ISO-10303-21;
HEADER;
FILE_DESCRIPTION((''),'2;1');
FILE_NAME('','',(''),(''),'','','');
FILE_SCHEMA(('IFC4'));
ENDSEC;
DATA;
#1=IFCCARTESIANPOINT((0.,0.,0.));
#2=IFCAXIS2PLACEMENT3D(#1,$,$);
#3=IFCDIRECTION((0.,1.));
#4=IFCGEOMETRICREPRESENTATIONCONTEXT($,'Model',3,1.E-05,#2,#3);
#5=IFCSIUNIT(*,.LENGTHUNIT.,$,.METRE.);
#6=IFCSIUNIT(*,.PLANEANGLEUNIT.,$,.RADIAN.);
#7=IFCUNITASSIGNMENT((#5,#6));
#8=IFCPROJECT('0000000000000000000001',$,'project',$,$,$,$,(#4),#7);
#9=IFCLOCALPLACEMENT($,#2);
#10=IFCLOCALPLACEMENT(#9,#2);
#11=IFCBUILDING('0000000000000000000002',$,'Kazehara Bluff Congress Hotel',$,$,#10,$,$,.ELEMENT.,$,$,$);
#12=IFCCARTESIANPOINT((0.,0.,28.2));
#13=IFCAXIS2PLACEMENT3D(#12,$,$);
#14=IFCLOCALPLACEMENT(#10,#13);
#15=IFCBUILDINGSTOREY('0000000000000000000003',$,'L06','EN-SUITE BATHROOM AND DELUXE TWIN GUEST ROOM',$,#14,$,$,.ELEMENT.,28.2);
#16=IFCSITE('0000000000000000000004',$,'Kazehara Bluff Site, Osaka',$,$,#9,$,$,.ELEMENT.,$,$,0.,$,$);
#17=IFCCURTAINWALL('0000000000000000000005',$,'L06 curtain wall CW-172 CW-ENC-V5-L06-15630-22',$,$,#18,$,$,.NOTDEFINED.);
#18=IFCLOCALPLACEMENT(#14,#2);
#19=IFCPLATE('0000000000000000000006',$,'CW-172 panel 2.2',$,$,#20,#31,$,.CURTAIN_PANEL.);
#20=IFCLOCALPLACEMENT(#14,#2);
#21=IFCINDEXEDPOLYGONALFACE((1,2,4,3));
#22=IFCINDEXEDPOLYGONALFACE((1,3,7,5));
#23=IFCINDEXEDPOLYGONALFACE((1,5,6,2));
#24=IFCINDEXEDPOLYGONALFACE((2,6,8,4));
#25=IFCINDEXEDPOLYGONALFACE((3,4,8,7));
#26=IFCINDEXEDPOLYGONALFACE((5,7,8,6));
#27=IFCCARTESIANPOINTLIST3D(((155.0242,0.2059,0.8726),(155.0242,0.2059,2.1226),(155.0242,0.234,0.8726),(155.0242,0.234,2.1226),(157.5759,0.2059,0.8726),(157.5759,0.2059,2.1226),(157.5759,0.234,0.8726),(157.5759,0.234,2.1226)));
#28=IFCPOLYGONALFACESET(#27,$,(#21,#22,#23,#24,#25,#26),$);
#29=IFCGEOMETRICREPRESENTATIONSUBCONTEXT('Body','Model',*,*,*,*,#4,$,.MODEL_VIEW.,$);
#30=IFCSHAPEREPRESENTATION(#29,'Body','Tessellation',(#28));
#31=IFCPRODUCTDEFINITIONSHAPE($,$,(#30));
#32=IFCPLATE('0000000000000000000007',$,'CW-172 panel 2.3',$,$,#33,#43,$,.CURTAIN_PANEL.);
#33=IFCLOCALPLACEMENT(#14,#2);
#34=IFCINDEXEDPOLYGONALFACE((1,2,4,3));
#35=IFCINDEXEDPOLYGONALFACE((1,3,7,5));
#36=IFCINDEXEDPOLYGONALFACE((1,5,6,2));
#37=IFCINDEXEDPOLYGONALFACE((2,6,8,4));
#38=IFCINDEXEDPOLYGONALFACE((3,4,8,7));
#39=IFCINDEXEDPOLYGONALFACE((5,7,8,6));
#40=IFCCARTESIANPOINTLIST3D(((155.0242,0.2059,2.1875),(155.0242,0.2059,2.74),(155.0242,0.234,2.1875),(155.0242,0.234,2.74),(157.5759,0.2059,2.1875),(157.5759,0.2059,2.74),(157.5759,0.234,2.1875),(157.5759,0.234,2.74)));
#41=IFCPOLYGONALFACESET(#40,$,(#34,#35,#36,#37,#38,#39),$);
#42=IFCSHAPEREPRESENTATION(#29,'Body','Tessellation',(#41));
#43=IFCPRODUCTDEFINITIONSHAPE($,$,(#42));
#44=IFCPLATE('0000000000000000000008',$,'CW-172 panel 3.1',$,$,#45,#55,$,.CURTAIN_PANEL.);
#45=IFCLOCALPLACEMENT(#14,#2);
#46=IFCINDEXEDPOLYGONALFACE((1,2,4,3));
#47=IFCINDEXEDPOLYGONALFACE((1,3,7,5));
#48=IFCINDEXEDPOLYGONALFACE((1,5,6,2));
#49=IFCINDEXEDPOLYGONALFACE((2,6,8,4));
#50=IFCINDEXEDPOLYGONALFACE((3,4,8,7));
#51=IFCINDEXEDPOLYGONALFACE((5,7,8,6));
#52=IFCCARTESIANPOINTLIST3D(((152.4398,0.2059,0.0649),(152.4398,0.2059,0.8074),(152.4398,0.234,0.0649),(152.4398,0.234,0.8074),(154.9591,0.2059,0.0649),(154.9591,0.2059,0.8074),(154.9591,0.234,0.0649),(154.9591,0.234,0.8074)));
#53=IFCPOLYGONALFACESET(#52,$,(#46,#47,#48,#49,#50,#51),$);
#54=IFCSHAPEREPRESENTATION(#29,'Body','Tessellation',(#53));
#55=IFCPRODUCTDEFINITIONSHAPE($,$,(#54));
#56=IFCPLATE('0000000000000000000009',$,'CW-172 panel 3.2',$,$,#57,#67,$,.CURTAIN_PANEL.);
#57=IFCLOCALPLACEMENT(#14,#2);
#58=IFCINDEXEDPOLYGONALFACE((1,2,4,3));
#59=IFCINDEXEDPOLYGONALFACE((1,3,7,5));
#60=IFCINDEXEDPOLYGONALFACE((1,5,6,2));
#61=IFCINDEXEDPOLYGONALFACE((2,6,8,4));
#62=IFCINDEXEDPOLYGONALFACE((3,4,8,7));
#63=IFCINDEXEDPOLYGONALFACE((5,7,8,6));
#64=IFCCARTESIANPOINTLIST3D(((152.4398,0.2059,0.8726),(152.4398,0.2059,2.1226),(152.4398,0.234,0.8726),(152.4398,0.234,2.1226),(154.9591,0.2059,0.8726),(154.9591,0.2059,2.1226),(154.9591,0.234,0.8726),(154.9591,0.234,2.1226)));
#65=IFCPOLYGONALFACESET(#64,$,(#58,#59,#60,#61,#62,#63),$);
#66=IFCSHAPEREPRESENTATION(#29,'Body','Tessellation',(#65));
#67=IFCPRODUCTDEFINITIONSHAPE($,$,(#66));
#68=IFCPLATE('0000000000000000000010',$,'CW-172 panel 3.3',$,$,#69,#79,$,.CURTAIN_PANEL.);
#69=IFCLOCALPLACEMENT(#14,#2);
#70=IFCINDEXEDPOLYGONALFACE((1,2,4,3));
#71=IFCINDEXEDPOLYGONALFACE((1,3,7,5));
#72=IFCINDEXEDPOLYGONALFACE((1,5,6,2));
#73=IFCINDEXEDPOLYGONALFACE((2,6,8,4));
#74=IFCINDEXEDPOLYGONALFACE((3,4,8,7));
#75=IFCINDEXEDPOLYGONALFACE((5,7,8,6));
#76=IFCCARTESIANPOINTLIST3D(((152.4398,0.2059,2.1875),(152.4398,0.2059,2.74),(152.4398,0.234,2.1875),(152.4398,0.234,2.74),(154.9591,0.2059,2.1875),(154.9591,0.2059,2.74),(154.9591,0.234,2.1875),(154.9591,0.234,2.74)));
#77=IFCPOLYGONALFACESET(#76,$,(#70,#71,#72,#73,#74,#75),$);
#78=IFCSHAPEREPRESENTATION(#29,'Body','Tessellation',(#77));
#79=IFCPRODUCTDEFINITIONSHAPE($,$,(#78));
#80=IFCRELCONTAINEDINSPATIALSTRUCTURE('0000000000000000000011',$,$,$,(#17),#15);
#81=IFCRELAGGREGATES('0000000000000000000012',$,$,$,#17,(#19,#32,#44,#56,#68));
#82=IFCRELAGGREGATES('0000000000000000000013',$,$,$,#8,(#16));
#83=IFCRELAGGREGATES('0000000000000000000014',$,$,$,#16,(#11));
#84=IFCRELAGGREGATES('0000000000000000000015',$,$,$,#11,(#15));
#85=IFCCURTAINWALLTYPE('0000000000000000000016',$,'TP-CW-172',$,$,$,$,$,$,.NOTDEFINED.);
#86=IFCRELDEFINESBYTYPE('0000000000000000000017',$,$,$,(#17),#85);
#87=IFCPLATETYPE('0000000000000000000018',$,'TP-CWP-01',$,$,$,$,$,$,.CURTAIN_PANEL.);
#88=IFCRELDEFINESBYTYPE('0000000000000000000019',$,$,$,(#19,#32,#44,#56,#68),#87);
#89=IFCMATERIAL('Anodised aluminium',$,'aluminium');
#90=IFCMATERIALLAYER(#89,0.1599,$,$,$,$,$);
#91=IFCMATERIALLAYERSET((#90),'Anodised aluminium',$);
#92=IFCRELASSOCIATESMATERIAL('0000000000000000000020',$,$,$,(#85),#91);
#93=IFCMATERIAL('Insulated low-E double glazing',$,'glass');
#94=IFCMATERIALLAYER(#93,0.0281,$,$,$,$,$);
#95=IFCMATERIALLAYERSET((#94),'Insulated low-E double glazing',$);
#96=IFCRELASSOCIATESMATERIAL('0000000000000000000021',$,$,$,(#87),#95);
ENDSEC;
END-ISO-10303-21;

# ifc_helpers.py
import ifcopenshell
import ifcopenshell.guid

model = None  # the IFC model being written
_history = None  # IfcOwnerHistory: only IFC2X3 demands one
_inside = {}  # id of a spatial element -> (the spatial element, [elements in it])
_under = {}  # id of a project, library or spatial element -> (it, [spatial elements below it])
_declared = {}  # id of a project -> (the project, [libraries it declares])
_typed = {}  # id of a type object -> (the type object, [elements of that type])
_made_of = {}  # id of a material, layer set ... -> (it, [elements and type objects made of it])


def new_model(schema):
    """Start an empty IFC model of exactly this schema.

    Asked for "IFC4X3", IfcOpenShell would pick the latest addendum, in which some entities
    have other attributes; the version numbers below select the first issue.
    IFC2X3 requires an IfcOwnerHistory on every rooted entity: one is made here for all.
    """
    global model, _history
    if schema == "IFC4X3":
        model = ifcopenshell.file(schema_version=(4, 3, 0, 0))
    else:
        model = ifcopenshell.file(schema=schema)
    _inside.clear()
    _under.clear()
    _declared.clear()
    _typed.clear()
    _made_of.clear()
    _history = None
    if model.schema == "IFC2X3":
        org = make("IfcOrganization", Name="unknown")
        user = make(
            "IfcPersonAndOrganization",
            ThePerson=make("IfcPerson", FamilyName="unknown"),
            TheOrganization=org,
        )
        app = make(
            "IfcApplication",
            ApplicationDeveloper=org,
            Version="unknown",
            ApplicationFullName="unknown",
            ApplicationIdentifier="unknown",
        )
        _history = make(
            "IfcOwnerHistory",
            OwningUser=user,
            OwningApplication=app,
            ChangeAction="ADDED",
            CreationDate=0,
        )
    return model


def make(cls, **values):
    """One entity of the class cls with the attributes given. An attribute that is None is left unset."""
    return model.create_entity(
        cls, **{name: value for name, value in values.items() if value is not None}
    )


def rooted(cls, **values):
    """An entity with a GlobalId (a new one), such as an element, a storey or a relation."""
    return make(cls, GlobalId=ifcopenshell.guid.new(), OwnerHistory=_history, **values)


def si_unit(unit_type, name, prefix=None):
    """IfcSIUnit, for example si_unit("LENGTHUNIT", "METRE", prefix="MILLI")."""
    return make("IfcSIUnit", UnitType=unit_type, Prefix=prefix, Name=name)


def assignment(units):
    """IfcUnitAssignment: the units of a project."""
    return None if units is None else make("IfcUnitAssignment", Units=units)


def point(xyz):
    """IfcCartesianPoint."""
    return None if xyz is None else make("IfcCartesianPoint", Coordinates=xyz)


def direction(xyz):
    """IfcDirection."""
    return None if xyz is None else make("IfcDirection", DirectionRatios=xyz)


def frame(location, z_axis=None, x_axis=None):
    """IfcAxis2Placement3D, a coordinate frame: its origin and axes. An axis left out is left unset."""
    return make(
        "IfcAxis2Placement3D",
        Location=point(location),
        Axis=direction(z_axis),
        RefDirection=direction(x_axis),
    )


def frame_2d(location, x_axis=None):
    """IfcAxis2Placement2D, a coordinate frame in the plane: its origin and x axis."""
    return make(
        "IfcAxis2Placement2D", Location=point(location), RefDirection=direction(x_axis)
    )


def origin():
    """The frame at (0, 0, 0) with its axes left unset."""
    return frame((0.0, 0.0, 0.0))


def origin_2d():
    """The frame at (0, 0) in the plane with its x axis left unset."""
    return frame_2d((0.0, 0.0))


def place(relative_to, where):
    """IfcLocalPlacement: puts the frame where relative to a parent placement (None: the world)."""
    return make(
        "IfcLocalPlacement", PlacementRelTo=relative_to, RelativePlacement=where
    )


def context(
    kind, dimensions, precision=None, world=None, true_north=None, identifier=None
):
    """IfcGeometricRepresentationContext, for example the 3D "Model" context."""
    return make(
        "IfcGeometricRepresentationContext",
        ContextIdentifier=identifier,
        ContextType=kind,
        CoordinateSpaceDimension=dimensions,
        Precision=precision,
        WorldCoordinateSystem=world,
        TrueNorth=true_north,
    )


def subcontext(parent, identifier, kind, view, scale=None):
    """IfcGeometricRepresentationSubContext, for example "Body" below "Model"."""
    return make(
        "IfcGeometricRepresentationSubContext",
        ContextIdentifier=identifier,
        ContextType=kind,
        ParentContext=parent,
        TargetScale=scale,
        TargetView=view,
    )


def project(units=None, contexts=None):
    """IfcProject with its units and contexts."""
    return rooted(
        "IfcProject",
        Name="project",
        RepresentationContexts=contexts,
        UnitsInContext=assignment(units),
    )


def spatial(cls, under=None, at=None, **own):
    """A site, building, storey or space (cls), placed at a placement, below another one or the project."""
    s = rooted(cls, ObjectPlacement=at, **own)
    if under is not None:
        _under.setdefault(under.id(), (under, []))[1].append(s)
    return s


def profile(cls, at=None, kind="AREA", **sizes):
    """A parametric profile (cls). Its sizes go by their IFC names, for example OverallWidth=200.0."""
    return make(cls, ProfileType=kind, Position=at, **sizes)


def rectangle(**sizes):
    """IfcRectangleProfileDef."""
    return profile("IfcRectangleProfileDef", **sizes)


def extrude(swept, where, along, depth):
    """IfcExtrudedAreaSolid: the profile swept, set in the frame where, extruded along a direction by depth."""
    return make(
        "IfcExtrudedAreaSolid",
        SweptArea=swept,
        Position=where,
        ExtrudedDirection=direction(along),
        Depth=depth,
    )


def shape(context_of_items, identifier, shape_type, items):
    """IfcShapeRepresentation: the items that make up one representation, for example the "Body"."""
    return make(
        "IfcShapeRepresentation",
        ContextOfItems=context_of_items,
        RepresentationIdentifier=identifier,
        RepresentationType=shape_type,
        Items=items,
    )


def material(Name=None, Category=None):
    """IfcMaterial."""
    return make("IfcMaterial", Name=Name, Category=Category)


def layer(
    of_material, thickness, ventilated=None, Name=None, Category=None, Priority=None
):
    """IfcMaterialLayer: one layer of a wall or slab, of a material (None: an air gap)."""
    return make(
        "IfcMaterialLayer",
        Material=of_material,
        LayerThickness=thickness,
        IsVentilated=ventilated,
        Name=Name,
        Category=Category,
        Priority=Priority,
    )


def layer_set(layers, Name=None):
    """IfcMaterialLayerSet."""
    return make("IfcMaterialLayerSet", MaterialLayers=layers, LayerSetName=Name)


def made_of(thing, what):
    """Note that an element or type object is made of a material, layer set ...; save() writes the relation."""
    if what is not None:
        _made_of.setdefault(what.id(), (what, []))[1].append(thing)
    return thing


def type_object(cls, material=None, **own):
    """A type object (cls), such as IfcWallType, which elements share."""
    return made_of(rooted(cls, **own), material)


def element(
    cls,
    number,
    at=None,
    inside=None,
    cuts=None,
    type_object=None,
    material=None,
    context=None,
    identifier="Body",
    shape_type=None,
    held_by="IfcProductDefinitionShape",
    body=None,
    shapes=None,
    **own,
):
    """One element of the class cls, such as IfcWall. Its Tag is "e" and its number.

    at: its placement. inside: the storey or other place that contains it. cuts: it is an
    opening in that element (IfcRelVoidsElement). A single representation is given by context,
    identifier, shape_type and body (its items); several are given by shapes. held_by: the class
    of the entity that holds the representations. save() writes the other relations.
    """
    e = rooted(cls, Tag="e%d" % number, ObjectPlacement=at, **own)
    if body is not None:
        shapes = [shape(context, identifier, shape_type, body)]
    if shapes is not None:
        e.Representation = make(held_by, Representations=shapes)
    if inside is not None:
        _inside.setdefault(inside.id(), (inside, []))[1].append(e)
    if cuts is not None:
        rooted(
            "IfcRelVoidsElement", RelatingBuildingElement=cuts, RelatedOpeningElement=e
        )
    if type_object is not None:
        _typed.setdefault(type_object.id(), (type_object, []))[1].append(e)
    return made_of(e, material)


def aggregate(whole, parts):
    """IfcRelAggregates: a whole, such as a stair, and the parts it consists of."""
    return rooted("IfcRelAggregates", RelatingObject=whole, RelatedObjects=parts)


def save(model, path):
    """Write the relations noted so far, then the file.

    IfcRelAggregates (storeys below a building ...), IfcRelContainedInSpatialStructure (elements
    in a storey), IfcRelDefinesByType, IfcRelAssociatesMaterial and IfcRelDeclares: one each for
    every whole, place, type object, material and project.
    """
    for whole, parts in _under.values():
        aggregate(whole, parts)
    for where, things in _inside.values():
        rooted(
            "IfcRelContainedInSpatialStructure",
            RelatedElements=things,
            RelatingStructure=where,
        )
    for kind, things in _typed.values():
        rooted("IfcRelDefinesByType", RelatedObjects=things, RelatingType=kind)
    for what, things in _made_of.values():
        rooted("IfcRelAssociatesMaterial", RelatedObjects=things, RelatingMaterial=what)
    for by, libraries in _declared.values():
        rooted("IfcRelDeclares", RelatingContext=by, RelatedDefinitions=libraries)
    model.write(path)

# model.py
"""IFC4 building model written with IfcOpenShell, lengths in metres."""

from ifc_helpers import new_model, si_unit, direction, frame, origin, origin_2d, place, context, subcontext, project, spatial, rectangle, extrude, material, layer, layer_set, type_object, element, aggregate, save


model = new_model("IFC4")

# Units and contexts
model_context = context("Model", 3, precision=1e-05, world=origin(), true_north=direction((0.0, 1.0)))
body_context = subcontext(model_context, "Body", "Model", "MODEL_VIEW")
ifc_project = project(units=[si_unit("LENGTHUNIT", "METRE"), si_unit("PLANEANGLEUNIT", "RADIAN")], contexts=[model_context])

# Site, building, storey
site_placement = place(None, origin())
site = spatial("IfcSite", under=ifc_project, at=site_placement, Name="Kazehara Bluff Site, Osaka", CompositionType="ELEMENT", RefElevation=0.0)
building_placement = place(site_placement, origin())
building = spatial("IfcBuilding", under=site, at=building_placement, Name="Kazehara Bluff Congress Hotel", CompositionType="ELEMENT")
storey_placement = place(building_placement, frame((0.0, 0.0, 28.2)))
storey = spatial("IfcBuildingStorey", under=building, at=storey_placement, Name="L06", Description="EN-SUITE BATHROOM AND DELUXE TWIN GUEST ROOM", CompositionType="ELEMENT", Elevation=28.2)

# Curtain wall, plates
ifc_material_1 = material(Name="Anodised aluminium", Category="aluminium")
ifc_layer_1 = layer(ifc_material_1, 0.1599)
ifc_layer_set_1 = layer_set([ifc_layer_1], Name="Anodised aluminium")
curtain_wall_type = type_object("IfcCurtainWallType", Name="TP-CW-172", PredefinedType="NOTDEFINED", material=ifc_layer_set_1)
curtain_wall_placement = place(storey_placement, origin())
curtain_wall = element("IfcCurtainWall", 1, at=curtain_wall_placement, inside=storey, type_object=curtain_wall_type, Name="L06 curtain wall CW-172 CW-ENC-V5-L06-15630-22", PredefinedType="NOTDEFINED")
ifc_material_2 = material(Name="Insulated low-E double glazing", Category="glass")
ifc_layer_2 = layer(ifc_material_2, 0.0281)
ifc_layer_set_2 = layer_set([ifc_layer_2], Name="Insulated low-E double glazing")
plate_type = type_object("IfcPlateType", Name="TP-CWP-01", PredefinedType="CURTAIN_PANEL", material=ifc_layer_set_2)
plate_1_placement = place(storey_placement, frame((156.3, 0.22, 0.8726), z_axis=(0.0, 0.0, 1.0), x_axis=(-1.0, 0.0, 0.0)))
plate_1 = element("IfcPlate", 2, at=plate_1_placement, type_object=plate_type, Name="CW-172 panel 2.2", PredefinedType="CURTAIN_PANEL", context=body_context, shape_type="SweptSolid", body=[
    extrude(rectangle(XDim=2.5518, YDim=0.0281, at=origin_2d()), origin(), (0.0, 0.0, 1.0), 1.25),
])
plate_2_placement = place(storey_placement, frame((156.3, 0.22, 2.1875), z_axis=(0.0, 0.0, 1.0), x_axis=(-1.0, 0.0, 0.0)))
plate_2 = element("IfcPlate", 3, at=plate_2_placement, type_object=plate_type, Name="CW-172 panel 2.3", PredefinedType="CURTAIN_PANEL", context=body_context, shape_type="SweptSolid", body=[
    extrude(rectangle(XDim=2.5518, YDim=0.0281, at=origin_2d()), origin(), (0.0, 0.0, 1.0), 0.5525),
])
plate_3_placement = place(storey_placement, frame((153.6995, 0.22, 0.0649), z_axis=(0.0, 0.0, 1.0), x_axis=(-1.0, 0.0, 0.0)))
plate_3 = element("IfcPlate", 4, at=plate_3_placement, type_object=plate_type, Name="CW-172 panel 3.1", PredefinedType="CURTAIN_PANEL", context=body_context, shape_type="SweptSolid", body=[
    extrude(rectangle(XDim=2.5193, YDim=0.0281, at=origin_2d()), origin(), (0.0, 0.0, 1.0), 0.7424),
])
plate_4_placement = place(storey_placement, frame((153.6995, 0.22, 0.8726), z_axis=(0.0, 0.0, 1.0), x_axis=(-1.0, 0.0, 0.0)))
plate_4 = element("IfcPlate", 5, at=plate_4_placement, type_object=plate_type, Name="CW-172 panel 3.2", PredefinedType="CURTAIN_PANEL", context=body_context, shape_type="SweptSolid", body=[
    extrude(rectangle(XDim=2.5193, YDim=0.0281, at=origin_2d()), origin(), (0.0, 0.0, 1.0), 1.25),
])
plate_5_placement = place(storey_placement, frame((153.6995, 0.22, 2.1875), z_axis=(0.0, 0.0, 1.0), x_axis=(-1.0, 0.0, 0.0)))
plate_5 = element("IfcPlate", 6, at=plate_5_placement, type_object=plate_type, Name="CW-172 panel 3.3", PredefinedType="CURTAIN_PANEL", context=body_context, shape_type="SweptSolid", body=[
    extrude(rectangle(XDim=2.5193, YDim=0.0281, at=origin_2d()), origin(), (0.0, 0.0, 1.0), 0.5525),
])
aggregate(curtain_wall, [plate_1, plate_2, plate_3, plate_4, plate_5])

save(model, "model.ifc")
